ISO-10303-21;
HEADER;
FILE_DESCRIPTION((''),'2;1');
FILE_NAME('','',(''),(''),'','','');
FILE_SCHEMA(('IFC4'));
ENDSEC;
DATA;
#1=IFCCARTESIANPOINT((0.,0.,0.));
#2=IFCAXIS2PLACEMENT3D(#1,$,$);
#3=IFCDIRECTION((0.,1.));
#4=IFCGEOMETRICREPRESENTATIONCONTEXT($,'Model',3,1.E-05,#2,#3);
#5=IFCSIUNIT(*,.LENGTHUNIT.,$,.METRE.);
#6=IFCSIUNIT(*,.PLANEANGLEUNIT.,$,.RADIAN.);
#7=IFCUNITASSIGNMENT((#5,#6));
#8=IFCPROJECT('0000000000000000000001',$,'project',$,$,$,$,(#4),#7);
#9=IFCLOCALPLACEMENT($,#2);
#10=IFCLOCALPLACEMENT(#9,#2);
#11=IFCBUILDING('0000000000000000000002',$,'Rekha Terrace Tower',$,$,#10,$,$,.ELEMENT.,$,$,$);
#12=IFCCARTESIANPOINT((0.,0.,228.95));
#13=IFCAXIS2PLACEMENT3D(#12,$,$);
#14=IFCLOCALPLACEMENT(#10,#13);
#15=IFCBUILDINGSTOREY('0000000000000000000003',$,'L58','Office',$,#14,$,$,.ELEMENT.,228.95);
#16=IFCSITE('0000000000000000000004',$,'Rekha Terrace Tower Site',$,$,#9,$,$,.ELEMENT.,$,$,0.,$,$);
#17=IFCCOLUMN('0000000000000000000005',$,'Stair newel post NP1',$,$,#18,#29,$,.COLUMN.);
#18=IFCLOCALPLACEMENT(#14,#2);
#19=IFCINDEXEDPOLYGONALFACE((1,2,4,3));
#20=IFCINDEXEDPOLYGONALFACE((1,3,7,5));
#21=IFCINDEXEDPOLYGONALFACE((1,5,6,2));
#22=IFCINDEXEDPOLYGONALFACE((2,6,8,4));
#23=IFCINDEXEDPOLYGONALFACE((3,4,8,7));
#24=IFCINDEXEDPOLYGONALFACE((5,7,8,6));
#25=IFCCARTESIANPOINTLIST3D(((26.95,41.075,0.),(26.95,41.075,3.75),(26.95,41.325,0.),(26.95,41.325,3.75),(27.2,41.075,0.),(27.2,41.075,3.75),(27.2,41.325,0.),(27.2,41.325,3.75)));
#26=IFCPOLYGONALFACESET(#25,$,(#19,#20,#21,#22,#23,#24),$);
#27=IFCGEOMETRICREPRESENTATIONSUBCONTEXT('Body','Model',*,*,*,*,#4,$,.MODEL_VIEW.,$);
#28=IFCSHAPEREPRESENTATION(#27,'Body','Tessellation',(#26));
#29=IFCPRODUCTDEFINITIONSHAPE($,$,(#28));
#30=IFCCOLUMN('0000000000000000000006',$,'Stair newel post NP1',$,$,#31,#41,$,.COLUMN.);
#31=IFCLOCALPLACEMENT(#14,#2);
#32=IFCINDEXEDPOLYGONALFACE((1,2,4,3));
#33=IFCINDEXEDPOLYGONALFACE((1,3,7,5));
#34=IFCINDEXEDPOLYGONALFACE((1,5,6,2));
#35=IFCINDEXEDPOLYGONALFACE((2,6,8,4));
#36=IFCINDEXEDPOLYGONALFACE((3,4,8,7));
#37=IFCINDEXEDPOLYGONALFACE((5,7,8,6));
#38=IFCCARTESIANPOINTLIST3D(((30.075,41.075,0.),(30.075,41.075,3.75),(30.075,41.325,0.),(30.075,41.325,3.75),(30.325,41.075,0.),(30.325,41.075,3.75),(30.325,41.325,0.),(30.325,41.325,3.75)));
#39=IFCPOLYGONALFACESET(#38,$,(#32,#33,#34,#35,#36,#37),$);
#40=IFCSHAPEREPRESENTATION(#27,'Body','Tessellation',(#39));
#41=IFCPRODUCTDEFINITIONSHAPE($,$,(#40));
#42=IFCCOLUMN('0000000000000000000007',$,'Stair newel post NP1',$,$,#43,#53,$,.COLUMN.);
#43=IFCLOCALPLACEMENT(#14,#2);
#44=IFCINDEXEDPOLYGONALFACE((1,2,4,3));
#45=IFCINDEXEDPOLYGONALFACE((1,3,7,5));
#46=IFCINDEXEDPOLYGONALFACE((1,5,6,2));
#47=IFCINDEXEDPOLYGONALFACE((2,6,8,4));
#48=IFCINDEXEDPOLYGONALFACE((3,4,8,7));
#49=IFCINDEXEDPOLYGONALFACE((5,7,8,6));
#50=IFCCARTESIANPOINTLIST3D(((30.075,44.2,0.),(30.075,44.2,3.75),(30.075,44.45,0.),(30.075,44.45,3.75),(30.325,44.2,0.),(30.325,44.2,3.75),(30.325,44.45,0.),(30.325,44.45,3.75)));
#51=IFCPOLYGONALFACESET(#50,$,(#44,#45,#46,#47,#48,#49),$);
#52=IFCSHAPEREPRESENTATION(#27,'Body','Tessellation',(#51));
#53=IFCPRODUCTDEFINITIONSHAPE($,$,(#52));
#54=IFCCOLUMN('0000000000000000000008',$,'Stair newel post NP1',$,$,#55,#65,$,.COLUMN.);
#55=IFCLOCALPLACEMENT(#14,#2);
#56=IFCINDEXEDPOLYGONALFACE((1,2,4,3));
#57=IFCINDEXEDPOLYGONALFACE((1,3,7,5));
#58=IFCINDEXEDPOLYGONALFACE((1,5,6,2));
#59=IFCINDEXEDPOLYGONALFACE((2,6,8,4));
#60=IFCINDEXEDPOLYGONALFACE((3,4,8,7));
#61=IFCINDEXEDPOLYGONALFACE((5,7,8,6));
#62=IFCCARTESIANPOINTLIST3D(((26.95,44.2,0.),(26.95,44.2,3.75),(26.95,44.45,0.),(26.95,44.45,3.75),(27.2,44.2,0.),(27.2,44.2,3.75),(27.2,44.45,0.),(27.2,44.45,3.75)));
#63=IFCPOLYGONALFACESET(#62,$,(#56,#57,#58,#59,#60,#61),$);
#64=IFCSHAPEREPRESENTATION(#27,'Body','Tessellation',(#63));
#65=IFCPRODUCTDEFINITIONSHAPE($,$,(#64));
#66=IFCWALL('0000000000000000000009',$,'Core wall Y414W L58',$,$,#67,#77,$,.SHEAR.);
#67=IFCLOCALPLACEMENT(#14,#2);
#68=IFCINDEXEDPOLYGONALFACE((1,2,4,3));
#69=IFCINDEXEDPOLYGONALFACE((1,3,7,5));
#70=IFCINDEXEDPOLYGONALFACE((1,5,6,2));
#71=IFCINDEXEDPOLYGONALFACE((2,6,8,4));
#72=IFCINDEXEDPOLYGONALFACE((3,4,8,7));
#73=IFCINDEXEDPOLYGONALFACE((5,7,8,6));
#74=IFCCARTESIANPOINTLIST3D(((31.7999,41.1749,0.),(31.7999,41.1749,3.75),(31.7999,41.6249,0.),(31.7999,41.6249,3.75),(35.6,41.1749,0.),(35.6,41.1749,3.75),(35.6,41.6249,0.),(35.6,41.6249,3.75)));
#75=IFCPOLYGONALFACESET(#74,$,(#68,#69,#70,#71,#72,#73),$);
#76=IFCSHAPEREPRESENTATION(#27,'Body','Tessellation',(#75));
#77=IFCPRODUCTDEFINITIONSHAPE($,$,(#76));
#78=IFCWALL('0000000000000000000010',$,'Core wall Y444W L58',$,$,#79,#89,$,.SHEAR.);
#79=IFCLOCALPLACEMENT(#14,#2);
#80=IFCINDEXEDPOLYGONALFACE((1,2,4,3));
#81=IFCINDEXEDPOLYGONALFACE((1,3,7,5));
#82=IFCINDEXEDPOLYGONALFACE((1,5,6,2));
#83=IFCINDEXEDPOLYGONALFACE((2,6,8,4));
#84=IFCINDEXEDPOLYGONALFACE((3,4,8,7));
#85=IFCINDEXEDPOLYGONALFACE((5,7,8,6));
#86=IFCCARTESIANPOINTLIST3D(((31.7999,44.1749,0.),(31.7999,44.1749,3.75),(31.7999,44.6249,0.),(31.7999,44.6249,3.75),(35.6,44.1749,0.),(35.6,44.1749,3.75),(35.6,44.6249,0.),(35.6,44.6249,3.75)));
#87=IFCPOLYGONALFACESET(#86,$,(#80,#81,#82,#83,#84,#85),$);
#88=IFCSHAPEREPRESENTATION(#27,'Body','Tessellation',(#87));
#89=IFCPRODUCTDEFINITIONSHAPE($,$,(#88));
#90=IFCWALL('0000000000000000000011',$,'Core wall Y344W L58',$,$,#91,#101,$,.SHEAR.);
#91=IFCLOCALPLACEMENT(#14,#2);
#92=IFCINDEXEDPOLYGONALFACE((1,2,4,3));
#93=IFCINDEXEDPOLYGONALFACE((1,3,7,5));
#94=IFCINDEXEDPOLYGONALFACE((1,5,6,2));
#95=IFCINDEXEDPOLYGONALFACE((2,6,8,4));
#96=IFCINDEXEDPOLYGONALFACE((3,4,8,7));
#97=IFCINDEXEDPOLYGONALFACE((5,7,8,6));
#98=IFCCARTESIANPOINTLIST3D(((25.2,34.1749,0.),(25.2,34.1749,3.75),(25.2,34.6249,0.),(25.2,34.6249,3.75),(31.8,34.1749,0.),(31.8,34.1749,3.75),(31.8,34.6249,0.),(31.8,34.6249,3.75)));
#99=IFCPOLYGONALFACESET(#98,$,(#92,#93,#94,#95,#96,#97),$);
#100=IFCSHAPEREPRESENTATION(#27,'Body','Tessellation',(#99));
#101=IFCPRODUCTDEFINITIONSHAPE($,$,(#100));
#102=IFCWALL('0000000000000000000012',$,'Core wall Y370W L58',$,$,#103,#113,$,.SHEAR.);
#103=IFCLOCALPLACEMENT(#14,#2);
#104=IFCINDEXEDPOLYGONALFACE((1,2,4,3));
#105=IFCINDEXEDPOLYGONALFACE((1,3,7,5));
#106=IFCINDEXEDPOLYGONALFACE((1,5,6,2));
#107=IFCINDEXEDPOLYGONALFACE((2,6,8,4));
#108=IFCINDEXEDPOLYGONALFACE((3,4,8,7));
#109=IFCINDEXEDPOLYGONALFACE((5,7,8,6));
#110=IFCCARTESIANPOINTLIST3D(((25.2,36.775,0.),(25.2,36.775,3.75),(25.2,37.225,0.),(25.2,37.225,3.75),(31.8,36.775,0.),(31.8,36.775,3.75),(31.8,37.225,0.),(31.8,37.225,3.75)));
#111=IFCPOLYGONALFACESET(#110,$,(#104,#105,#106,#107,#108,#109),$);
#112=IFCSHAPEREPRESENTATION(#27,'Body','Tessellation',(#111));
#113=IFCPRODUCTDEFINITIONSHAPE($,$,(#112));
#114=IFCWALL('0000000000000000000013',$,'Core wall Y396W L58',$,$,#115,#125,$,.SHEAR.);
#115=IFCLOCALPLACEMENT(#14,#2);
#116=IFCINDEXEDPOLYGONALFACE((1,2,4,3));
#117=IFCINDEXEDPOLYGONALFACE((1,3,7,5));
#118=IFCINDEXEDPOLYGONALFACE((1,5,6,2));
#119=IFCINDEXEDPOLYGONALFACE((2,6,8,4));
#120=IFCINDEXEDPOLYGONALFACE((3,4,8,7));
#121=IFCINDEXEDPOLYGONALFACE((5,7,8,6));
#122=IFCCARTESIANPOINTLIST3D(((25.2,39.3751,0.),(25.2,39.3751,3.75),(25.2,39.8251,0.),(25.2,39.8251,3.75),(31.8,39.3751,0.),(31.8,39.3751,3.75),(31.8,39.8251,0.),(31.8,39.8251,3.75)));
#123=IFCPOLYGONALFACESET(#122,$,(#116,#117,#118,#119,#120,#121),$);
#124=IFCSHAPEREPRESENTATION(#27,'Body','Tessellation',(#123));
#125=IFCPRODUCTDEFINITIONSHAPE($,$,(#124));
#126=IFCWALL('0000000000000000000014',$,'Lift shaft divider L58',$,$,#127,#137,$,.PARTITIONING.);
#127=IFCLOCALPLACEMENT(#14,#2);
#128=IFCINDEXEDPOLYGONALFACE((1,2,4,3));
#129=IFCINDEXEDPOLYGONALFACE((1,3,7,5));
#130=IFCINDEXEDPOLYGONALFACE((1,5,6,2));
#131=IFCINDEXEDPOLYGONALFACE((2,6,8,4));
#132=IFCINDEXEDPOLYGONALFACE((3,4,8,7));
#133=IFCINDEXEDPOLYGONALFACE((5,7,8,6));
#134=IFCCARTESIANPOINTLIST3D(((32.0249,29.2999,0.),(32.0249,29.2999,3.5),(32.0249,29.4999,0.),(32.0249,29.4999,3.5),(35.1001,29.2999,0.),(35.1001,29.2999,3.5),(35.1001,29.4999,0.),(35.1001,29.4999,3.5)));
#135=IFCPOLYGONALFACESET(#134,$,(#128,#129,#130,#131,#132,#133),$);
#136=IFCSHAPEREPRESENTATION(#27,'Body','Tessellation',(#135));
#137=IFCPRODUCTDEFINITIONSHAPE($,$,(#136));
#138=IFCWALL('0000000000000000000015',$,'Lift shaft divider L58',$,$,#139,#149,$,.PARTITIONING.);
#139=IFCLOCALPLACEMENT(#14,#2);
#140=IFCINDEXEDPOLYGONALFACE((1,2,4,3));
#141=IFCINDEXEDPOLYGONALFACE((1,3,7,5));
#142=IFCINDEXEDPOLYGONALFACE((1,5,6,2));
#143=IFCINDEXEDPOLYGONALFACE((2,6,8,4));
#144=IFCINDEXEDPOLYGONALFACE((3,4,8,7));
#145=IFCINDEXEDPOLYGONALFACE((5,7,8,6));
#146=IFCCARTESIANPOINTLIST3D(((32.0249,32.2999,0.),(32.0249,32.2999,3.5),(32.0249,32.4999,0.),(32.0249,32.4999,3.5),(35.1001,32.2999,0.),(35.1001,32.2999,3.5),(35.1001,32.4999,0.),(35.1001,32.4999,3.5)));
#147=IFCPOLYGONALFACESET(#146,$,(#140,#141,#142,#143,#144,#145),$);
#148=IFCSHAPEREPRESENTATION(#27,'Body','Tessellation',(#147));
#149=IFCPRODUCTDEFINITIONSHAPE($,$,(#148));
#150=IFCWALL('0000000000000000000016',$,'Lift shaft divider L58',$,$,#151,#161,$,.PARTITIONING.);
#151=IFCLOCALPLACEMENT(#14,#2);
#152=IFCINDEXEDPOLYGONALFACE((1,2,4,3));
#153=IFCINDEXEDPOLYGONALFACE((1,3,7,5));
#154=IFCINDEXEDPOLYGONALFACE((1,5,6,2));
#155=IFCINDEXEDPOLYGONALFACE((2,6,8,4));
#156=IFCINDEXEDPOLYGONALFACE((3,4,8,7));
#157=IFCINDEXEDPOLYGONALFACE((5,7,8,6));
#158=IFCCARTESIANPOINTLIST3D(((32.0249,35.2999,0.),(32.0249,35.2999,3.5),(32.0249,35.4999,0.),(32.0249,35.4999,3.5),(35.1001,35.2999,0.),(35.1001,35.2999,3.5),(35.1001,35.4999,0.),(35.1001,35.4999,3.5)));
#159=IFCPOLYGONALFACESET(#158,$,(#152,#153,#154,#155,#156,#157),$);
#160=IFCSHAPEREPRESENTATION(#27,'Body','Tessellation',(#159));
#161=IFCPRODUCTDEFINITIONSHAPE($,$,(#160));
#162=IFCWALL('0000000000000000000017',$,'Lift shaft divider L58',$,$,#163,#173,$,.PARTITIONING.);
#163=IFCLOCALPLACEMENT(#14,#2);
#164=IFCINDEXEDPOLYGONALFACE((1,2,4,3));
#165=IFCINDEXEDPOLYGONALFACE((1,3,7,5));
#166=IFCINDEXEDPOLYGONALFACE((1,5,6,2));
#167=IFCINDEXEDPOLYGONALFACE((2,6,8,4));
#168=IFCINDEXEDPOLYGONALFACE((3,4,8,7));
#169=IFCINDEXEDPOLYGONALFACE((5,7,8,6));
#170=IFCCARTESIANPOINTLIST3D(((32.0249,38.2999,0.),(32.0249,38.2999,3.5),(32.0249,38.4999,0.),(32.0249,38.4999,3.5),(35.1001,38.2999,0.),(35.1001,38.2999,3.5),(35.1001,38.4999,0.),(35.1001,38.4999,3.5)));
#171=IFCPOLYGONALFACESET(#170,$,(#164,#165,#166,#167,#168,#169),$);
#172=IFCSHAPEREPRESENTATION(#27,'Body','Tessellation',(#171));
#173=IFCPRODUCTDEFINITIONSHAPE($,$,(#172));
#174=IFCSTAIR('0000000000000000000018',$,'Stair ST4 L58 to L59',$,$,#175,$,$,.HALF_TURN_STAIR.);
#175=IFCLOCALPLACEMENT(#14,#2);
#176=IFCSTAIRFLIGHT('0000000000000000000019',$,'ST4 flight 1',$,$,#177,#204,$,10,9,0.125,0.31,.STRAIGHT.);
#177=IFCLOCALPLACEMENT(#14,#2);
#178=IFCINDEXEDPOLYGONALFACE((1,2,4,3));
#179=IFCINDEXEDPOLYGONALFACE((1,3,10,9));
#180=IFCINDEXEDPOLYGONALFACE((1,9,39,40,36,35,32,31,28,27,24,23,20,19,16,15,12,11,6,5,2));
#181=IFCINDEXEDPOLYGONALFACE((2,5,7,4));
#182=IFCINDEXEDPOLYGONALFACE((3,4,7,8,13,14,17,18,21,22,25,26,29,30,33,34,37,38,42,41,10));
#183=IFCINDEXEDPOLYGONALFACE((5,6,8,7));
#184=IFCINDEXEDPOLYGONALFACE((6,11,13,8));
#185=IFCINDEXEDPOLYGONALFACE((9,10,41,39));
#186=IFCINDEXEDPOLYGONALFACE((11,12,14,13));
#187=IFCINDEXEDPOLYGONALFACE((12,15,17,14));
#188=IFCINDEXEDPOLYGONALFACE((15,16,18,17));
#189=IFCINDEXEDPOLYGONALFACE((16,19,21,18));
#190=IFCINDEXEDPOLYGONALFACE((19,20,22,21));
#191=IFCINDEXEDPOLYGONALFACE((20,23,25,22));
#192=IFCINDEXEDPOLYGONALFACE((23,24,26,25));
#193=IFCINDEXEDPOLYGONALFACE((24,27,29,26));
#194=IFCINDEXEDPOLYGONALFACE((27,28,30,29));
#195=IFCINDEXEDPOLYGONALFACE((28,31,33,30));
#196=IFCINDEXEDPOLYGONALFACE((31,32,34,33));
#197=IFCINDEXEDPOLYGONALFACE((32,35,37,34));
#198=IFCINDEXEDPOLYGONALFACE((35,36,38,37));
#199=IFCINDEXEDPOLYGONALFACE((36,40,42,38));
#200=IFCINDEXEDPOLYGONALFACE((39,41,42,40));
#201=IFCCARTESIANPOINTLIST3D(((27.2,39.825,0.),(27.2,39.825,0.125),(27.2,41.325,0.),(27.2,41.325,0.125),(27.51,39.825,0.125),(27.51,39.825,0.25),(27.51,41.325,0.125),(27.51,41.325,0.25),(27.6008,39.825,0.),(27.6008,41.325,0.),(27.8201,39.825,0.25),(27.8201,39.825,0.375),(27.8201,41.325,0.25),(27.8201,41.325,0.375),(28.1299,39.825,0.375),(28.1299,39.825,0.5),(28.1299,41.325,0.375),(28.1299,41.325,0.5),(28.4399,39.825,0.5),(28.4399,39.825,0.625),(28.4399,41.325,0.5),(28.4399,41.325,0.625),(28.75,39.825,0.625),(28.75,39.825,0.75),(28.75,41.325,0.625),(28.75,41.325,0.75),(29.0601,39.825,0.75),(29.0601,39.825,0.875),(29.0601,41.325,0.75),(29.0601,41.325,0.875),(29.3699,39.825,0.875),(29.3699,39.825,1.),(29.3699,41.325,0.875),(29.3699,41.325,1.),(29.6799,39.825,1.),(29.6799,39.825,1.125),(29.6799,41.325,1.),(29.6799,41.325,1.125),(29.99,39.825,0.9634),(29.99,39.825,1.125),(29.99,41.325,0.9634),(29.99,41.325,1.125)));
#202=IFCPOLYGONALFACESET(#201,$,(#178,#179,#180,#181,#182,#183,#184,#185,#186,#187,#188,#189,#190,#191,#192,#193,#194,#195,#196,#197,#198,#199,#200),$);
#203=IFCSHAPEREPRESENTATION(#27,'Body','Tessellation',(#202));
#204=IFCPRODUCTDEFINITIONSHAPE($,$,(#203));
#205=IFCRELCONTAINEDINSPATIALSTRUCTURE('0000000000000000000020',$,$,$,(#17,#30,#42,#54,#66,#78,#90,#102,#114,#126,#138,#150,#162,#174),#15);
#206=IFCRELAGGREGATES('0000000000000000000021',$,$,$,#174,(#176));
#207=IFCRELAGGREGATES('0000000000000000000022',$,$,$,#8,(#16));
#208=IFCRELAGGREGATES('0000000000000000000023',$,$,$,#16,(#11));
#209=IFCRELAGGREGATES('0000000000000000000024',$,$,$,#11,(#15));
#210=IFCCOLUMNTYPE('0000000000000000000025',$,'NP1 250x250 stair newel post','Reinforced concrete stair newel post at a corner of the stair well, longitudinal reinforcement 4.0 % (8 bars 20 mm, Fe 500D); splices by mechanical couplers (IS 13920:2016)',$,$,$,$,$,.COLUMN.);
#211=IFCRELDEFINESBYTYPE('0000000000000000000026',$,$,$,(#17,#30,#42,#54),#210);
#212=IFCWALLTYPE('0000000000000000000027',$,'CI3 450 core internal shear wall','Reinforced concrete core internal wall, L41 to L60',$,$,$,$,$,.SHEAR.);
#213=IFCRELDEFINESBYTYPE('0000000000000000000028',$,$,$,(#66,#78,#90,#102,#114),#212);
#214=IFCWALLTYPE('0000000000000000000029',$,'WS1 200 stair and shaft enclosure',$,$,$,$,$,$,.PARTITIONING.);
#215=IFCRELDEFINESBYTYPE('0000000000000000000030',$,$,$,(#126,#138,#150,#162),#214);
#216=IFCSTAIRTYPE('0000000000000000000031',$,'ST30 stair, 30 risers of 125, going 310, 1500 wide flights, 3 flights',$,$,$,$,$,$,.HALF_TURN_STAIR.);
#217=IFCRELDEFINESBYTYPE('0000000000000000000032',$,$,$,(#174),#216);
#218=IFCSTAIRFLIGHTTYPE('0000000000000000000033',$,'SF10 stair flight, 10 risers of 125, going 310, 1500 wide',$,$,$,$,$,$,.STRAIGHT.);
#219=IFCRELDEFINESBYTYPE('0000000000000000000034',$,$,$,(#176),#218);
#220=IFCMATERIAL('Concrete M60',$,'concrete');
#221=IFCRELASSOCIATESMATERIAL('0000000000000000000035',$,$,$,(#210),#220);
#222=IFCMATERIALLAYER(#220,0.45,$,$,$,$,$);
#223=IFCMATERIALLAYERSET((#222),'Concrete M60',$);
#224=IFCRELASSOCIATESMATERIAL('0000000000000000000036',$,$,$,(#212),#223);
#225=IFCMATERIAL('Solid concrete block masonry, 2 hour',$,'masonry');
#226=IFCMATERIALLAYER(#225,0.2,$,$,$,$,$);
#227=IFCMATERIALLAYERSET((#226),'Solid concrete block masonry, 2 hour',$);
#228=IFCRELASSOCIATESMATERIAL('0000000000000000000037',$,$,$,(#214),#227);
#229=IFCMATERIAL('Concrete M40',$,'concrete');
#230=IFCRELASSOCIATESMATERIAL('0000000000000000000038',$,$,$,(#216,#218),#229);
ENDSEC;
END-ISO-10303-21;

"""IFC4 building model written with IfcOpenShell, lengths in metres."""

from ifc_helpers import new_model, si_unit, direction, frame, frame_2d, origin, origin_2d, place, context, subcontext, project, spatial, polyline, rectangle, outline, extrude, material, layer, layer_set, material_profile, profile_set, type_object, element, aggregate, save


model = new_model("IFC4")

# Units and contexts
model_context = context("Model", 3, precision=1e-05, world=origin(), true_north=direction((0.0, 1.0)))
body_context = subcontext(model_context, "Body", "Model", "MODEL_VIEW")
ifc_project = project(units=[si_unit("LENGTHUNIT", "METRE"), si_unit("PLANEANGLEUNIT", "RADIAN")], contexts=[model_context])

# Site, building, storey
site_placement = place(None, origin())
site = spatial("IfcSite", under=ifc_project, at=site_placement, Name="Rekha Terrace Tower Site", CompositionType="ELEMENT", RefElevation=0.0)
building_placement = place(site_placement, origin())
building = spatial("IfcBuilding", under=site, at=building_placement, Name="Rekha Terrace Tower", CompositionType="ELEMENT")
storey_placement = place(building_placement, frame((0.0, 0.0, 228.95)))
storey = spatial("IfcBuildingStorey", under=building, at=storey_placement, Name="L58", Description="Office", CompositionType="ELEMENT", Elevation=228.95)

# Columns
ifc_material_1 = material(Name="Concrete M60", Category="concrete")
ifc_material_profile = material_profile(ifc_material_1, rectangle(XDim=0.25, YDim=0.25, at=origin_2d()), Name="RC 250x250")
ifc_profile_set = profile_set([ifc_material_profile], Name="Concrete M60")
column_type = type_object("IfcColumnType", Name="NP1 250x250 stair newel post", Description="Reinforced concrete stair newel post at a corner of the stair well, longitudinal reinforcement 4.0 % (8 bars 20 mm, Fe 500D); splices by mechanical couplers (IS 13920:2016)", PredefinedType="COLUMN", material=ifc_profile_set)
for number, where, z_axis, x_axis, name in (
    (1, (27.075, 41.2, 0.0), (0.0, 0.0, 1.0), (1.0, 0.0, 0.0), "Stair newel post NP1"),
    (2, (30.2, 41.2, 0.0), (0.0, 0.0, 1.0), (1.0, 0.0, 0.0), "Stair newel post NP1"),
    (3, (30.2, 44.325, 0.0), (0.0, 0.0, 1.0), (1.0, 0.0, 0.0), "Stair newel post NP1"),
    (4, (27.075, 44.325, 0.0), (0.0, 0.0, 1.0), (1.0, 0.0, 0.0), "Stair newel post NP1"),
):
    element("IfcColumn", number, at=place(storey_placement, frame(where, z_axis=z_axis, x_axis=x_axis)), inside=storey, type_object=column_type, Name=name, PredefinedType="COLUMN", context=body_context, shape_type="SweptSolid", body=[
        extrude(rectangle(XDim=0.25, YDim=0.25, at=origin_2d()), origin(), (0.0, 0.0, 1.0), 3.75),
    ])

# Walls
ifc_layer_1 = layer(ifc_material_1, 0.45)
ifc_layer_set_1 = layer_set([ifc_layer_1], Name="Concrete M60")
wall_type_1 = type_object("IfcWallType", Name="CI3 450 core internal shear wall", Description="Reinforced concrete core internal wall, L41 to L60", PredefinedType="SHEAR", material=ifc_layer_set_1)
for number, where, z_axis, x_axis, name in (
    (5, (31.8, 41.3999, 0.0), (0.0, 0.0, 1.0), (1.0, 0.0, 0.0), "Core wall Y414W L58"),
    (6, (31.8, 44.3999, 0.0), (0.0, 0.0, 1.0), (1.0, 0.0, 0.0), "Core wall Y444W L58"),
):
    element("IfcWall", number, at=place(storey_placement, frame(where, z_axis=z_axis, x_axis=x_axis)), inside=storey, type_object=wall_type_1, Name=name, PredefinedType="SHEAR", context=body_context, shape_type="SweptSolid", body=[
        extrude(rectangle(XDim=3.8, YDim=0.45, at=frame_2d((1.8999, 0.0))), origin(), (0.0, 0.0, 1.0), 3.75),
    ])
for number, where, z_axis, x_axis, name in (
    (7, (25.2, 34.3999, 0.0), (0.0, 0.0, 1.0), (1.0, 0.0, 0.0), "Core wall Y344W L58"),
    (8, (25.2, 37.0, 0.0), (0.0, 0.0, 1.0), (1.0, 0.0, 0.0), "Core wall Y370W L58"),
    (9, (25.2, 39.6001, 0.0), (0.0, 0.0, 1.0), (1.0, 0.0, 0.0), "Core wall Y396W L58"),
):
    element("IfcWall", number, at=place(storey_placement, frame(where, z_axis=z_axis, x_axis=x_axis)), inside=storey, type_object=wall_type_1, Name=name, PredefinedType="SHEAR", context=body_context, shape_type="SweptSolid", body=[
        extrude(rectangle(XDim=6.6001, YDim=0.45, at=frame_2d((3.3, 0.0))), origin(), (0.0, 0.0, 1.0), 3.75),
    ])
ifc_material_2 = material(Name="Solid concrete block masonry, 2 hour", Category="masonry")
ifc_layer_2 = layer(ifc_material_2, 0.2)
ifc_layer_set_2 = layer_set([ifc_layer_2], Name="Solid concrete block masonry, 2 hour")
wall_type_2 = type_object("IfcWallType", Name="WS1 200 stair and shaft enclosure", PredefinedType="PARTITIONING", material=ifc_layer_set_2)
for number, where, z_axis, x_axis, name in (
    (10, (32.0249, 29.3999, 0.0), (0.0, 0.0, 1.0), (1.0, 0.0, 0.0), "Lift shaft divider L58"),
    (11, (32.0249, 32.3999, 0.0), (0.0, 0.0, 1.0), (1.0, 0.0, 0.0), "Lift shaft divider L58"),
    (12, (32.0249, 35.3999, 0.0), (0.0, 0.0, 1.0), (1.0, 0.0, 0.0), "Lift shaft divider L58"),
    (13, (32.0249, 38.3999, 0.0), (0.0, 0.0, 1.0), (1.0, 0.0, 0.0), "Lift shaft divider L58"),
):
    element("IfcWall", number, at=place(storey_placement, frame(where, z_axis=z_axis, x_axis=x_axis)), inside=storey, type_object=wall_type_2, Name=name, PredefinedType="PARTITIONING", context=body_context, shape_type="SweptSolid", body=[
        extrude(rectangle(XDim=3.0752, YDim=0.2, at=frame_2d((1.5376, 0.0))), origin(), (0.0, 0.0, 1.0), 3.5),
    ])

# Stair, stair flight
ifc_material_3 = material(Name="Concrete M40", Category="concrete")
stair_type = type_object("IfcStairType", Name="ST30 stair, 30 risers of 125, going 310, 1500 wide flights, 3 flights", PredefinedType="HALF_TURN_STAIR", material=ifc_material_3)
stair_placement = place(storey_placement, origin())
stair = element("IfcStair", 14, at=stair_placement, inside=storey, type_object=stair_type, Name="Stair ST4 L58 to L59", PredefinedType="HALF_TURN_STAIR")
stair_flight_type = type_object("IfcStairFlightType", Name="SF10 stair flight, 10 risers of 125, going 310, 1500 wide", PredefinedType="STRAIGHT", material=ifc_material_3)
stair_flight_1_placement = place(storey_placement, frame((27.2, 40.575, 0.0), z_axis=(0.0, 0.0, 1.0), x_axis=(1.0, 0.0, 0.0)))
stair_flight_1 = element("IfcStairFlight", 15, at=stair_flight_1_placement, type_object=stair_flight_type, Name="ST4 flight 1", NumberOfRisers=10, NumberOfTreads=9, PredefinedType="STRAIGHT", RiserHeight=0.125, TreadLength=0.31, context=body_context, shape_type="SweptSolid", body=[
    extrude(outline(polyline([(0.0, 0.0), (0.0, 0.125), (0.3101, 0.125), (0.3101, 0.25), (0.6201, 0.25), (0.6201, 0.375), (0.9299, 0.375), (0.9299, 0.5), (1.24, 0.5), (1.24, 0.625), (1.55, 0.625), (1.55, 0.75), (1.8601, 0.75), (1.8601, 0.875), (2.1699, 0.875), (2.1699, 1.0), (2.48, 1.0), (2.48, 1.125), (2.79, 1.125), (2.79, 1.25), (2.79, 0.9634), (0.4009, 0.0), (0.0, 0.0)])), frame((0.0, 0.75, 0.0), z_axis=(0.0, -1.0, 0.0), x_axis=(1.0, 0.0, 0.0)), (0.0, 0.0, 1.0), 1.5),
])
aggregate(stair, [stair_flight_1])

save(model, "model.ifc")
